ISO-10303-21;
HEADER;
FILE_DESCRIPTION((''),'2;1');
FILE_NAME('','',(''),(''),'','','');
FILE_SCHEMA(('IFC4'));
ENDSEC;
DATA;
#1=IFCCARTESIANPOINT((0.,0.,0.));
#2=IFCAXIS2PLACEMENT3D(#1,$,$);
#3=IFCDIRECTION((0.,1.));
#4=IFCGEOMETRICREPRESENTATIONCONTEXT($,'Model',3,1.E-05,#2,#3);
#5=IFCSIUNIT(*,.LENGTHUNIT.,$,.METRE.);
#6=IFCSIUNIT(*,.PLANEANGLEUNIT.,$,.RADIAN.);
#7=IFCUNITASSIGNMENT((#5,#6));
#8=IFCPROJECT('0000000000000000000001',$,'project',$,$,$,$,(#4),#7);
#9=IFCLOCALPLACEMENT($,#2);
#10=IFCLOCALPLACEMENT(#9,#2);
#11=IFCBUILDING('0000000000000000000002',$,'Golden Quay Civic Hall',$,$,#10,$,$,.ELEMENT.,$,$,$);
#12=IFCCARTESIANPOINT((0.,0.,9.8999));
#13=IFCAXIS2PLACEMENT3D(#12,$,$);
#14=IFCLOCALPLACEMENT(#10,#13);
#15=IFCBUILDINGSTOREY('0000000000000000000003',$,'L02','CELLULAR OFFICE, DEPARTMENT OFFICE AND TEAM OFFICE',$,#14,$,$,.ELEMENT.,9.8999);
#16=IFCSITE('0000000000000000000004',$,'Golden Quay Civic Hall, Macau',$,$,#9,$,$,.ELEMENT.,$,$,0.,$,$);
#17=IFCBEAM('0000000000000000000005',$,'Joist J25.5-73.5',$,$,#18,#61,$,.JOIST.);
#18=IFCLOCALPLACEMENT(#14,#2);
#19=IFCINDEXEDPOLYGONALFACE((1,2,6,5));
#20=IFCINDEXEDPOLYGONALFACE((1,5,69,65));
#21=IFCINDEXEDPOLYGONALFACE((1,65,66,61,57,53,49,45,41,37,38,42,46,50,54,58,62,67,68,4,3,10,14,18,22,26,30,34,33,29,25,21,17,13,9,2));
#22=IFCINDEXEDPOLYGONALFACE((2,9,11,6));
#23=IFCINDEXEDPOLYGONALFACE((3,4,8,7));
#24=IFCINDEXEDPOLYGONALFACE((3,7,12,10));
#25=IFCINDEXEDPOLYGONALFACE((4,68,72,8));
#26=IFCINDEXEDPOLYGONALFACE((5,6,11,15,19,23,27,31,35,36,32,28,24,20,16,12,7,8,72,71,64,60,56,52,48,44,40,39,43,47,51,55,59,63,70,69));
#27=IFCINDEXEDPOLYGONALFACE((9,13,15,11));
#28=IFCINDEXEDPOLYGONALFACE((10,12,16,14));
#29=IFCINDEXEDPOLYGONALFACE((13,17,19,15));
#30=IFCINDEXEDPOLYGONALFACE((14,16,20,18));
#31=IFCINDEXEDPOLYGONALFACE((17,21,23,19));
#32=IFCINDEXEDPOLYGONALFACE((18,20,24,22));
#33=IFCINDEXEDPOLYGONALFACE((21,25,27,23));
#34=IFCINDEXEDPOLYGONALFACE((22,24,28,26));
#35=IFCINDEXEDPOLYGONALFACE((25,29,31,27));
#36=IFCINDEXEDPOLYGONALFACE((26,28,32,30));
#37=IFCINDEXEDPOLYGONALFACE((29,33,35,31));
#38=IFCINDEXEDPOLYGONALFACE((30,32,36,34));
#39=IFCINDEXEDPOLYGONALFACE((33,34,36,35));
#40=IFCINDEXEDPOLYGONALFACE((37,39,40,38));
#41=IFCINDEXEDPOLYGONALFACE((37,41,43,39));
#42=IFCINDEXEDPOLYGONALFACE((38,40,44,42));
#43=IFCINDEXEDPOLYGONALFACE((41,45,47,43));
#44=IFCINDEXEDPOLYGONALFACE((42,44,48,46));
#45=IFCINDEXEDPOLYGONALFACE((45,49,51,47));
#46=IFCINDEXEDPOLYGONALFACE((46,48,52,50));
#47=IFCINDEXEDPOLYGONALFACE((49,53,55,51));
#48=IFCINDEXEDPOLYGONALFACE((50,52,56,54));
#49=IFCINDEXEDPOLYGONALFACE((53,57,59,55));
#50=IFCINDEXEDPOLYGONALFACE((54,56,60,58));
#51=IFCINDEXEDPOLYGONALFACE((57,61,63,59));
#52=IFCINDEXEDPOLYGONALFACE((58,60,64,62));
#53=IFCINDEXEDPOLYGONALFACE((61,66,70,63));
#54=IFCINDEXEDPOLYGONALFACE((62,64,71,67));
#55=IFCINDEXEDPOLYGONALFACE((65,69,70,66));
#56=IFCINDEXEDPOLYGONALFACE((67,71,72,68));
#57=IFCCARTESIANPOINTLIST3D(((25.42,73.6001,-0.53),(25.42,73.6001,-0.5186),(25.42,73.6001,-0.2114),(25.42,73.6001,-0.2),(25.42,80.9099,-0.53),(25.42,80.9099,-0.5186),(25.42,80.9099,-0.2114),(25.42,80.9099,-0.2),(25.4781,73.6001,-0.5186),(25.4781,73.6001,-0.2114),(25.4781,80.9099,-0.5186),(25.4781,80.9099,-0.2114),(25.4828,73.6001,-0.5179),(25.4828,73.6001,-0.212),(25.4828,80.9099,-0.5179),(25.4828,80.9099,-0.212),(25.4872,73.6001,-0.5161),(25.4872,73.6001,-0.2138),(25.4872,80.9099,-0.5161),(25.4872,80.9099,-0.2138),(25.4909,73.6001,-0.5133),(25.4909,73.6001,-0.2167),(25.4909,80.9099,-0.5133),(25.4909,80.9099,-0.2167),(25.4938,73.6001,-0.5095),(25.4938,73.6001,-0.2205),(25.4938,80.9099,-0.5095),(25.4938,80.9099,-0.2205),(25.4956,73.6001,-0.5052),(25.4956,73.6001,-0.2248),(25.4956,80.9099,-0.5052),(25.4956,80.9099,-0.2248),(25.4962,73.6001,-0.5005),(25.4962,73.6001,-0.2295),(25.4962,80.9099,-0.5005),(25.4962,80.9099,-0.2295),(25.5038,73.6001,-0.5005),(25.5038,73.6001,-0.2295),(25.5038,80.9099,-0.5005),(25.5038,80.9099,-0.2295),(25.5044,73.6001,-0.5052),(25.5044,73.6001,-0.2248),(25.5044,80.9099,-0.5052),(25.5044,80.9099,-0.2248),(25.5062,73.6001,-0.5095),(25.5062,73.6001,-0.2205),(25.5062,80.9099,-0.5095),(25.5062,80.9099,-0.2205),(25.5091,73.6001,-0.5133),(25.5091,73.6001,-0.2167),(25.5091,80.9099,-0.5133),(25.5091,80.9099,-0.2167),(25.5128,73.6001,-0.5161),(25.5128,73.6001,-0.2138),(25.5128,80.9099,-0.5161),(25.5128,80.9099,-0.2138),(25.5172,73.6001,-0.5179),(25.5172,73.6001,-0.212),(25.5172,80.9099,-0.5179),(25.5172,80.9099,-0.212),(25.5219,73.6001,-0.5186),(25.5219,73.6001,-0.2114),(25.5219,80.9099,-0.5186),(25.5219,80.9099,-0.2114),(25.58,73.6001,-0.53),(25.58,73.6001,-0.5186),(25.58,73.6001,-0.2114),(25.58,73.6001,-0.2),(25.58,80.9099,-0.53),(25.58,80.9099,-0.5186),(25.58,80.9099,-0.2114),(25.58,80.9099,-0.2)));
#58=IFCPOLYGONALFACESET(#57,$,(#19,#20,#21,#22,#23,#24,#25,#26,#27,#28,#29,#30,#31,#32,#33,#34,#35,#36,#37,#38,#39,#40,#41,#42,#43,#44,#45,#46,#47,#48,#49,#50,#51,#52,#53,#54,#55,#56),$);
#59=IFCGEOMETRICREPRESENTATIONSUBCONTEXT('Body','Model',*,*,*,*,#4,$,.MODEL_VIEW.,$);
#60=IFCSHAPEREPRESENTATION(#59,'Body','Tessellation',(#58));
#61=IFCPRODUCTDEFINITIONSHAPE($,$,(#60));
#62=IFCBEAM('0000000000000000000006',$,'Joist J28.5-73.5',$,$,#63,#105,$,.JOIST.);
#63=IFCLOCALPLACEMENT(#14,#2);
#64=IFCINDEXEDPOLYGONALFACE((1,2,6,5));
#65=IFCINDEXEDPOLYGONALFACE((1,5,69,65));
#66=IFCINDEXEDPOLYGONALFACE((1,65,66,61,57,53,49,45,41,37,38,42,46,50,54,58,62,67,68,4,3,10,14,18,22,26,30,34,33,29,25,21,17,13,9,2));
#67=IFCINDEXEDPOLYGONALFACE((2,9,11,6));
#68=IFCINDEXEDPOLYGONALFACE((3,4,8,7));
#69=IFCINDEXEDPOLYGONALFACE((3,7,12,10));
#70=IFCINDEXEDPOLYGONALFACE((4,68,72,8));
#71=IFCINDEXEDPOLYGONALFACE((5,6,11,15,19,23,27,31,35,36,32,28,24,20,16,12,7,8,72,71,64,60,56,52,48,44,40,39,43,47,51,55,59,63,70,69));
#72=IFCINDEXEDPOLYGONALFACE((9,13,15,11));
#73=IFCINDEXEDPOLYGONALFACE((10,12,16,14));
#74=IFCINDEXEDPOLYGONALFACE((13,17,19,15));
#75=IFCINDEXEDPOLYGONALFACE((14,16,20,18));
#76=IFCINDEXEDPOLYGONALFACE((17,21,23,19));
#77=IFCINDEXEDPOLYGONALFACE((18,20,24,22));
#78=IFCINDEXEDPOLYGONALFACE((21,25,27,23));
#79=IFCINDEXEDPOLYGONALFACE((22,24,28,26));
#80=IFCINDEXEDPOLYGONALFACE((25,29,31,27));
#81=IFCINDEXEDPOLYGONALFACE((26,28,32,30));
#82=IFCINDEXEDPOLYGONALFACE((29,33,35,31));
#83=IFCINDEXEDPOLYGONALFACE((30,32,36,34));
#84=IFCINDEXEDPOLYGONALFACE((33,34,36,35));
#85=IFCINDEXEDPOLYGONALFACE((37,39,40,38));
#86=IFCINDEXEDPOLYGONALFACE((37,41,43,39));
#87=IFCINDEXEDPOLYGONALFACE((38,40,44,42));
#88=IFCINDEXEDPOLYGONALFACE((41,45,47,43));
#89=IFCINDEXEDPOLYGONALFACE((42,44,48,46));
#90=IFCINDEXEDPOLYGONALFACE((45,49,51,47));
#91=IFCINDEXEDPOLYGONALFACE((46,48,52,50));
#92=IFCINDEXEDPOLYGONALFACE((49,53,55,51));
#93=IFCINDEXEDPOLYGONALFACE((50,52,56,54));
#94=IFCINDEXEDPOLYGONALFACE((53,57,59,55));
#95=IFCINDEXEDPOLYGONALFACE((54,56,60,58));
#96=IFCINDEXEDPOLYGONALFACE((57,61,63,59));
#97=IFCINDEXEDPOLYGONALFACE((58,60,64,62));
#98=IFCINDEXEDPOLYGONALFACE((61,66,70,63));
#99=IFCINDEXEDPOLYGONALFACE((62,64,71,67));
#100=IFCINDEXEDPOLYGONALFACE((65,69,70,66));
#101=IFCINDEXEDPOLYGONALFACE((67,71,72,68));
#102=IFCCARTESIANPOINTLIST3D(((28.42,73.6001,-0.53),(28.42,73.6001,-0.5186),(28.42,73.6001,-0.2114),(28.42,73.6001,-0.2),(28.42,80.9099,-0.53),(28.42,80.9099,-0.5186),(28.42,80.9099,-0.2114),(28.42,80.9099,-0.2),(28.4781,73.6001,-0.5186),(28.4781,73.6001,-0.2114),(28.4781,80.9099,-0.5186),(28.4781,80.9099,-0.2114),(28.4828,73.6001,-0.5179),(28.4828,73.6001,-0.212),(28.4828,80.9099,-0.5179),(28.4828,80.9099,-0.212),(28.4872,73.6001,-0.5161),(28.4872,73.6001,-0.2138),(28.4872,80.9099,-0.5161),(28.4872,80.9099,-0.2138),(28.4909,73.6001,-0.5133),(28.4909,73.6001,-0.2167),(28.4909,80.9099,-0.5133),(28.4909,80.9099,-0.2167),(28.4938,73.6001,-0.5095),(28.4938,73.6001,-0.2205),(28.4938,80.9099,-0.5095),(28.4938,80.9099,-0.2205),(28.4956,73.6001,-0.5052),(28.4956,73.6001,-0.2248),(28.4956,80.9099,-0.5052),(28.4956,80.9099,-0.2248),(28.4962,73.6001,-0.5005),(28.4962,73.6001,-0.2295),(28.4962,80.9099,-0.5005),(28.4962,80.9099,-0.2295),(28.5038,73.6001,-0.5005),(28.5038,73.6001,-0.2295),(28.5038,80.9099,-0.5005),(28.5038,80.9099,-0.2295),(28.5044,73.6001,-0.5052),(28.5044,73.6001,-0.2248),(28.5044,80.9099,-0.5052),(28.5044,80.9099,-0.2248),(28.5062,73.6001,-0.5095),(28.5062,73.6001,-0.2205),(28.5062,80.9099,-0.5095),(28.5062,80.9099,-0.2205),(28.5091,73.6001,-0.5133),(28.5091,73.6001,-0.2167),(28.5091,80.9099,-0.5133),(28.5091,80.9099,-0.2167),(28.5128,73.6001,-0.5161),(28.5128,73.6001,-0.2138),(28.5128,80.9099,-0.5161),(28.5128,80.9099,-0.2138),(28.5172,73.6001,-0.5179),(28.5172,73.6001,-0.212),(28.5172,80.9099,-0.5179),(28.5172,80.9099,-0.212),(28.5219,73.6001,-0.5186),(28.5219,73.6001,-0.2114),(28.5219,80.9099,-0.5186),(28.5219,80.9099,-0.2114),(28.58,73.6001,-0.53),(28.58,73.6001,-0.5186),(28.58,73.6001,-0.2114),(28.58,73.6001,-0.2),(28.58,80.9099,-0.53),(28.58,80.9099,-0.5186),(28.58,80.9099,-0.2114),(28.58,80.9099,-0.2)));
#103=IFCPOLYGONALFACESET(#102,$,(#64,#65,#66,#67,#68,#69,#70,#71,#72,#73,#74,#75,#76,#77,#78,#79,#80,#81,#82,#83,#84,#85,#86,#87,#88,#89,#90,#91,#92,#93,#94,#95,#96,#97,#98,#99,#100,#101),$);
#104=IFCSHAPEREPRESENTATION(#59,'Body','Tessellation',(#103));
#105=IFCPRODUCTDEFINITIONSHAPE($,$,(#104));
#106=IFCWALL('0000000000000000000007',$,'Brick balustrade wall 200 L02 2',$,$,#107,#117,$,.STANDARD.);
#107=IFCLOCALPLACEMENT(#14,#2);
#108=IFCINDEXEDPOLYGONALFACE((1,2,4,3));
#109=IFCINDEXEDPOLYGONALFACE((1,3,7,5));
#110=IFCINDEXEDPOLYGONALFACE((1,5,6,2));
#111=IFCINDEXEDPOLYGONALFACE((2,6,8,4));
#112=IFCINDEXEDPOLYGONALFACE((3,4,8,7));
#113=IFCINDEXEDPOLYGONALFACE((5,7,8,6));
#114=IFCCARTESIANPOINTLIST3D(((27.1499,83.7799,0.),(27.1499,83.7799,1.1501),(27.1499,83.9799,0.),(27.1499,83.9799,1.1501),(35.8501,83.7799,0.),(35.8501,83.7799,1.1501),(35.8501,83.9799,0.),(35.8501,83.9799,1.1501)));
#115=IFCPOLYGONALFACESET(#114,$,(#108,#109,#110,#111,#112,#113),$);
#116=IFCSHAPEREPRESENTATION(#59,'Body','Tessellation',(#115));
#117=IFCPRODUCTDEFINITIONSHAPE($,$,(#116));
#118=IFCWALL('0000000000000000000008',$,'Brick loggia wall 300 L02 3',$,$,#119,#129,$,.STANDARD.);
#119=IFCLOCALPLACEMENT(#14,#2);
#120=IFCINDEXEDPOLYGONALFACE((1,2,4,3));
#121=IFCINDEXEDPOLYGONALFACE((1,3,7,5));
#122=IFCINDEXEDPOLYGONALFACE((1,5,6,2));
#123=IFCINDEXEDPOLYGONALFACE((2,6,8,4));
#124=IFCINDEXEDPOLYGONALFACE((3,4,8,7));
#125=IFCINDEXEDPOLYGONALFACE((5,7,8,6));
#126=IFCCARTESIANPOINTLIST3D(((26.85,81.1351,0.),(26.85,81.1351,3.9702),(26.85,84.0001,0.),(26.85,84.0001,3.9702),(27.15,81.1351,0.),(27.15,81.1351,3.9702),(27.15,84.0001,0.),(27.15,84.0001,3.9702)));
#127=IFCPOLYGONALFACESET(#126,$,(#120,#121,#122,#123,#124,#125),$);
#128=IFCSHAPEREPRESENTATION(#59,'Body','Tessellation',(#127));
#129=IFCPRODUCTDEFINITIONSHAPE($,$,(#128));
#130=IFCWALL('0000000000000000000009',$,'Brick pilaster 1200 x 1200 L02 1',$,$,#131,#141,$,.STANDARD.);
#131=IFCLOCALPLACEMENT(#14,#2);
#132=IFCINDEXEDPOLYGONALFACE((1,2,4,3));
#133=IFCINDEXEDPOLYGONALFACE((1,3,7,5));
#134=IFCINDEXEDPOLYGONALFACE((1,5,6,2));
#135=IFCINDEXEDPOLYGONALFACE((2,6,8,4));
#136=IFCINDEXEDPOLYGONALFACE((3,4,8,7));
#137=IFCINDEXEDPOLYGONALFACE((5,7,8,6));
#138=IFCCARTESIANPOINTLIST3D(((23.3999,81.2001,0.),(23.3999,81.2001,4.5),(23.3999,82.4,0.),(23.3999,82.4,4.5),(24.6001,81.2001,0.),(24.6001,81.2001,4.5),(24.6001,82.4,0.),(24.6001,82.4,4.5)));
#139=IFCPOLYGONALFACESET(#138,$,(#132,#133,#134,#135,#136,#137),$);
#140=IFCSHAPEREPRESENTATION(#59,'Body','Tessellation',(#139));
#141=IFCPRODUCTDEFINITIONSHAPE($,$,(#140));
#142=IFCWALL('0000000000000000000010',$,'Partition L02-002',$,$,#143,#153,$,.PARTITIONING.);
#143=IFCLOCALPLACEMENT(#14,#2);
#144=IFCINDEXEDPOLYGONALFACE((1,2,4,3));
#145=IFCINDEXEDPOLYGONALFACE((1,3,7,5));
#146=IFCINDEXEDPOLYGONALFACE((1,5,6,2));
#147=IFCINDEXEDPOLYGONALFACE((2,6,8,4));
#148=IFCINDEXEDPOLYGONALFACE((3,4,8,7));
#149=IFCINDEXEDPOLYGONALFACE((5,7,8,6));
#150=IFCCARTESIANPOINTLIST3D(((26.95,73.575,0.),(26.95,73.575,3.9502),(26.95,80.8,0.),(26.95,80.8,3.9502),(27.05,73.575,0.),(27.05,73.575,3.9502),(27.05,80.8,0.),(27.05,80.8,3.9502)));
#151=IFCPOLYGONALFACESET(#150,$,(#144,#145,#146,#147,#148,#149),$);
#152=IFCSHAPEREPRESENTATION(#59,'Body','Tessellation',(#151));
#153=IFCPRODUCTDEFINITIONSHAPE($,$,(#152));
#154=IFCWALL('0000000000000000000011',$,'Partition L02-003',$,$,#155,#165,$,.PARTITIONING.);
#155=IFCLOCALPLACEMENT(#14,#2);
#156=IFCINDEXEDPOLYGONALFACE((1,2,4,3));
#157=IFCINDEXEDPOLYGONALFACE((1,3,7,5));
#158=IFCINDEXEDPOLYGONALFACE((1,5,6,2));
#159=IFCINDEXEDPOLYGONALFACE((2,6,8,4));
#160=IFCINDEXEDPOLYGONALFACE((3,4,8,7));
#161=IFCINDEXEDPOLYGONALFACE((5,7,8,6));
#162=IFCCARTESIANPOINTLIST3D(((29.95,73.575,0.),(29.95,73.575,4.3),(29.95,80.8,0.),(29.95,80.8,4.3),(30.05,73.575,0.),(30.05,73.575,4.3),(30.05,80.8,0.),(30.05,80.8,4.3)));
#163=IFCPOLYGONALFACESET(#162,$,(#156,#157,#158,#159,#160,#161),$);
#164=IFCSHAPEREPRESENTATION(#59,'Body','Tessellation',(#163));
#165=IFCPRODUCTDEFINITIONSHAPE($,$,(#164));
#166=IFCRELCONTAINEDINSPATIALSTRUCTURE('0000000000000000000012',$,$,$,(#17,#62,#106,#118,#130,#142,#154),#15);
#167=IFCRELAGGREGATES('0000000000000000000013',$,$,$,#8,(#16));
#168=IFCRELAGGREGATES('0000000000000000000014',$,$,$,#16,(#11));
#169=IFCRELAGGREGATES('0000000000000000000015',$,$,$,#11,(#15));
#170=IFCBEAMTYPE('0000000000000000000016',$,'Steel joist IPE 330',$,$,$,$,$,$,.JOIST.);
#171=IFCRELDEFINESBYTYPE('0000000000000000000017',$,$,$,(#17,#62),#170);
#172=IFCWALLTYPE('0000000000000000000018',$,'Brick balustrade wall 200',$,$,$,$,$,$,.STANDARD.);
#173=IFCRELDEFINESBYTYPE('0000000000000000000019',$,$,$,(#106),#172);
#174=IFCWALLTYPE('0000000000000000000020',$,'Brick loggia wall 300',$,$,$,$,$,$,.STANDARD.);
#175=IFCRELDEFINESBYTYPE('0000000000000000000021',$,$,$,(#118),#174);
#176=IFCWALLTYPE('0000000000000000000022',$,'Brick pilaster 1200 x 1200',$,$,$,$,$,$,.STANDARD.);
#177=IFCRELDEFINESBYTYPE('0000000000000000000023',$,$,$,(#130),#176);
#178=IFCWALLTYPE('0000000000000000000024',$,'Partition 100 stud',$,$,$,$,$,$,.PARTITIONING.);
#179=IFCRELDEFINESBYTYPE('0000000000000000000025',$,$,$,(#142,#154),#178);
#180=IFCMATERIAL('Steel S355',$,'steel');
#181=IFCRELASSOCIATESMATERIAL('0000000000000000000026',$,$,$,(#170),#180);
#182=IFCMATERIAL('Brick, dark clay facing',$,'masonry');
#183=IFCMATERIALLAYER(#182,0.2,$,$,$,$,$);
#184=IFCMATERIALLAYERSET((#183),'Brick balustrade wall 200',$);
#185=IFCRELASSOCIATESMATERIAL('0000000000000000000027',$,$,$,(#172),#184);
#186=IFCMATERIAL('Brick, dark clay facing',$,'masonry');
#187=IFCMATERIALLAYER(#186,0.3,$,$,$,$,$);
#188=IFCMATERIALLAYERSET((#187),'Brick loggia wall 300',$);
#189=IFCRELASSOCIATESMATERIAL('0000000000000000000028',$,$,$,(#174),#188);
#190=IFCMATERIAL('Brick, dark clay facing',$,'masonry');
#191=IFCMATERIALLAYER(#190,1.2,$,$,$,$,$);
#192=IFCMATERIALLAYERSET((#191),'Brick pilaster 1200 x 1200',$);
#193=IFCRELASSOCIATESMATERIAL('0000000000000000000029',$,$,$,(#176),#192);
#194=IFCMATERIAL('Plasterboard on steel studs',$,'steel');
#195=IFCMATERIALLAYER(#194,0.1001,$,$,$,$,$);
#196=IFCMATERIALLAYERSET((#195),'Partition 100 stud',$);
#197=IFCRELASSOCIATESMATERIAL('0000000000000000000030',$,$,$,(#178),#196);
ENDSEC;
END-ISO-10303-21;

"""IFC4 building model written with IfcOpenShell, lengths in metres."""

from ifc_helpers import new_model, si_unit, direction, frame, frame_2d, origin, origin_2d, place, context, subcontext, project, spatial, rectangle, i_section, extrude, material, layer, layer_set, material_profile, profile_set, type_object, element, save


model = new_model("IFC4")

# Units and contexts
model_context = context("Model", 3, precision=1e-05, world=origin(), true_north=direction((0.0, 1.0)))
body_context = subcontext(model_context, "Body", "Model", "MODEL_VIEW")
ifc_project = project(units=[si_unit("LENGTHUNIT", "METRE"), si_unit("PLANEANGLEUNIT", "RADIAN")], contexts=[model_context])

# Site, building, storey
site_placement = place(None, origin())
site = spatial("IfcSite", under=ifc_project, at=site_placement, Name="Golden Quay Civic Hall, Macau", CompositionType="ELEMENT", RefElevation=0.0)
building_placement = place(site_placement, origin())
building = spatial("IfcBuilding", under=site, at=building_placement, Name="Golden Quay Civic Hall", CompositionType="ELEMENT")
storey_placement = place(building_placement, frame((0.0, 0.0, 9.8999)))
storey = spatial("IfcBuildingStorey", under=building, at=storey_placement, Name="L02", Description="CELLULAR OFFICE, DEPARTMENT OFFICE AND TEAM OFFICE", CompositionType="ELEMENT", Elevation=9.8999)

# Beams
ifc_material_1 = material(Name="Steel S355", Category="steel")
ifc_material_profile_1 = material_profile(ifc_material_1, i_section(OverallWidth=0.1599, OverallDepth=0.3301, WebThickness=0.0076, FlangeThickness=0.0115, FilletRadius=0.0181, at=origin_2d()), Name="IPE 330")
ifc_profile_set_1 = profile_set([ifc_material_profile_1], Name="Steel S355")
beam_type_1 = type_object("IfcBeamType", Name="Steel joist IPE 330", PredefinedType="JOIST", material=ifc_profile_set_1)
for number, where, z_axis, x_axis, name in (
    (1, (25.5, 73.6001, -0.365), (0.0, 1.0, 0.0), (-1.0, 0.0, 0.0), "Joist J25.5-73.5"),
    (2, (28.5, 73.6001, -0.365), (0.0, 1.0, 0.0), (-1.0, 0.0, 0.0), "Joist J28.5-73.5"),
):
    element("IfcBeam", number, at=place(storey_placement, frame(where, z_axis=z_axis, x_axis=x_axis)), inside=storey, type_object=beam_type_1, Name=name, PredefinedType="JOIST", context=body_context, shape_type="SweptSolid", body=[
        extrude(i_section(OverallWidth=0.1599, OverallDepth=0.3301, WebThickness=0.0076, FlangeThickness=0.0115, FilletRadius=0.0181, at=origin_2d()), origin(), (0.0, 0.0, 1.0), 7.3098),
    ])

# Wall
ifc_material_2 = material(Name="Brick, dark clay facing", Category="masonry")
ifc_layer_1 = layer(ifc_material_2, 0.2)
ifc_layer_set_1 = layer_set([ifc_layer_1], Name="Brick balustrade wall 200")
wall_type_1 = type_object("IfcWallType", Name="Brick balustrade wall 200", PredefinedType="STANDARD", material=ifc_layer_set_1)
wall_1_placement = place(storey_placement, frame((27.1499, 83.8799, 0.0), z_axis=(0.0, 0.0, 1.0), x_axis=(1.0, 0.0, 0.0)))
element("IfcWall", 3, at=wall_1_placement, inside=storey, type_object=wall_type_1, Name="Brick balustrade wall 200 L02 2", PredefinedType="STANDARD", context=body_context, shape_type="SweptSolid", body=[
    extrude(rectangle(XDim=8.7002, YDim=0.2, at=frame_2d((4.3501, 0.0))), origin(), (0.0, 0.0, 1.0), 1.1501),
])

# Walls
ifc_material_3 = material(Name="Brick, dark clay facing", Category="masonry")
ifc_layer_2 = layer(ifc_material_3, 0.3)
ifc_layer_set_2 = layer_set([ifc_layer_2], Name="Brick loggia wall 300")
wall_type_2 = type_object("IfcWallType", Name="Brick loggia wall 300", PredefinedType="STANDARD", material=ifc_layer_set_2)
wall_2_placement = place(storey_placement, frame((27.0, 81.135, 0.0), z_axis=(0.0, 0.0, 1.0), x_axis=(0.0, 1.0, 0.0)))
element("IfcWall", 4, at=wall_2_placement, inside=storey, type_object=wall_type_2, Name="Brick loggia wall 300 L02 3", PredefinedType="STANDARD", context=body_context, shape_type="SweptSolid", body=[
    extrude(rectangle(XDim=2.865, YDim=0.3, at=frame_2d((1.4326, 0.0))), origin(), (0.0, 0.0, 1.0), 3.9702),
])
ifc_material_4 = material(Name="Brick, dark clay facing", Category="masonry")
ifc_layer_3 = layer(ifc_material_4, 1.2)
ifc_layer_set_3 = layer_set([ifc_layer_3], Name="Brick pilaster 1200 x 1200")
wall_type_3 = type_object("IfcWallType", Name="Brick pilaster 1200 x 1200", PredefinedType="STANDARD", material=ifc_layer_set_3)
wall_3_placement = place(storey_placement, frame((23.3999, 81.8, 0.0), z_axis=(0.0, 0.0, 1.0), x_axis=(1.0, 0.0, 0.0)))
element("IfcWall", 5, at=wall_3_placement, inside=storey, type_object=wall_type_3, Name="Brick pilaster 1200 x 1200 L02 1", PredefinedType="STANDARD", context=body_context, shape_type="SweptSolid", body=[
    extrude(rectangle(XDim=1.2002, YDim=1.2, at=frame_2d((0.6001, 0.0))), origin(), (0.0, 0.0, 1.0), 4.5),
])
ifc_material_5 = material(Name="Plasterboard on steel studs", Category="steel")
ifc_layer_4 = layer(ifc_material_5, 0.1001)
ifc_layer_set_4 = layer_set([ifc_layer_4], Name="Partition 100 stud")
wall_type_4 = type_object("IfcWallType", Name="Partition 100 stud", PredefinedType="PARTITIONING", material=ifc_layer_set_4)
wall_4_placement = place(storey_placement, frame((27.0, 73.575, 0.0), z_axis=(0.0, 0.0, 1.0), x_axis=(0.0, 1.0, 0.0)))
element("IfcWall", 6, at=wall_4_placement, inside=storey, type_object=wall_type_4, Name="Partition L02-002", PredefinedType="PARTITIONING", context=body_context, shape_type="SweptSolid", body=[
    extrude(rectangle(XDim=7.2251, YDim=0.1001, at=frame_2d((3.6125, 0.0))), origin(), (0.0, 0.0, 1.0), 3.9502),
])
wall_5_placement = place(storey_placement, frame((30.0, 73.575, 0.0), z_axis=(0.0, 0.0, 1.0), x_axis=(0.0, 1.0, 0.0)))
element("IfcWall", 7, at=wall_5_placement, inside=storey, type_object=wall_type_4, Name="Partition L02-003", PredefinedType="PARTITIONING", context=body_context, shape_type="SweptSolid", body=[
    extrude(rectangle(XDim=7.2251, YDim=0.1001, at=frame_2d((3.6125, 0.0))), origin(), (0.0, 0.0, 1.0), 4.3),
])

save(model, "model.ifc")
